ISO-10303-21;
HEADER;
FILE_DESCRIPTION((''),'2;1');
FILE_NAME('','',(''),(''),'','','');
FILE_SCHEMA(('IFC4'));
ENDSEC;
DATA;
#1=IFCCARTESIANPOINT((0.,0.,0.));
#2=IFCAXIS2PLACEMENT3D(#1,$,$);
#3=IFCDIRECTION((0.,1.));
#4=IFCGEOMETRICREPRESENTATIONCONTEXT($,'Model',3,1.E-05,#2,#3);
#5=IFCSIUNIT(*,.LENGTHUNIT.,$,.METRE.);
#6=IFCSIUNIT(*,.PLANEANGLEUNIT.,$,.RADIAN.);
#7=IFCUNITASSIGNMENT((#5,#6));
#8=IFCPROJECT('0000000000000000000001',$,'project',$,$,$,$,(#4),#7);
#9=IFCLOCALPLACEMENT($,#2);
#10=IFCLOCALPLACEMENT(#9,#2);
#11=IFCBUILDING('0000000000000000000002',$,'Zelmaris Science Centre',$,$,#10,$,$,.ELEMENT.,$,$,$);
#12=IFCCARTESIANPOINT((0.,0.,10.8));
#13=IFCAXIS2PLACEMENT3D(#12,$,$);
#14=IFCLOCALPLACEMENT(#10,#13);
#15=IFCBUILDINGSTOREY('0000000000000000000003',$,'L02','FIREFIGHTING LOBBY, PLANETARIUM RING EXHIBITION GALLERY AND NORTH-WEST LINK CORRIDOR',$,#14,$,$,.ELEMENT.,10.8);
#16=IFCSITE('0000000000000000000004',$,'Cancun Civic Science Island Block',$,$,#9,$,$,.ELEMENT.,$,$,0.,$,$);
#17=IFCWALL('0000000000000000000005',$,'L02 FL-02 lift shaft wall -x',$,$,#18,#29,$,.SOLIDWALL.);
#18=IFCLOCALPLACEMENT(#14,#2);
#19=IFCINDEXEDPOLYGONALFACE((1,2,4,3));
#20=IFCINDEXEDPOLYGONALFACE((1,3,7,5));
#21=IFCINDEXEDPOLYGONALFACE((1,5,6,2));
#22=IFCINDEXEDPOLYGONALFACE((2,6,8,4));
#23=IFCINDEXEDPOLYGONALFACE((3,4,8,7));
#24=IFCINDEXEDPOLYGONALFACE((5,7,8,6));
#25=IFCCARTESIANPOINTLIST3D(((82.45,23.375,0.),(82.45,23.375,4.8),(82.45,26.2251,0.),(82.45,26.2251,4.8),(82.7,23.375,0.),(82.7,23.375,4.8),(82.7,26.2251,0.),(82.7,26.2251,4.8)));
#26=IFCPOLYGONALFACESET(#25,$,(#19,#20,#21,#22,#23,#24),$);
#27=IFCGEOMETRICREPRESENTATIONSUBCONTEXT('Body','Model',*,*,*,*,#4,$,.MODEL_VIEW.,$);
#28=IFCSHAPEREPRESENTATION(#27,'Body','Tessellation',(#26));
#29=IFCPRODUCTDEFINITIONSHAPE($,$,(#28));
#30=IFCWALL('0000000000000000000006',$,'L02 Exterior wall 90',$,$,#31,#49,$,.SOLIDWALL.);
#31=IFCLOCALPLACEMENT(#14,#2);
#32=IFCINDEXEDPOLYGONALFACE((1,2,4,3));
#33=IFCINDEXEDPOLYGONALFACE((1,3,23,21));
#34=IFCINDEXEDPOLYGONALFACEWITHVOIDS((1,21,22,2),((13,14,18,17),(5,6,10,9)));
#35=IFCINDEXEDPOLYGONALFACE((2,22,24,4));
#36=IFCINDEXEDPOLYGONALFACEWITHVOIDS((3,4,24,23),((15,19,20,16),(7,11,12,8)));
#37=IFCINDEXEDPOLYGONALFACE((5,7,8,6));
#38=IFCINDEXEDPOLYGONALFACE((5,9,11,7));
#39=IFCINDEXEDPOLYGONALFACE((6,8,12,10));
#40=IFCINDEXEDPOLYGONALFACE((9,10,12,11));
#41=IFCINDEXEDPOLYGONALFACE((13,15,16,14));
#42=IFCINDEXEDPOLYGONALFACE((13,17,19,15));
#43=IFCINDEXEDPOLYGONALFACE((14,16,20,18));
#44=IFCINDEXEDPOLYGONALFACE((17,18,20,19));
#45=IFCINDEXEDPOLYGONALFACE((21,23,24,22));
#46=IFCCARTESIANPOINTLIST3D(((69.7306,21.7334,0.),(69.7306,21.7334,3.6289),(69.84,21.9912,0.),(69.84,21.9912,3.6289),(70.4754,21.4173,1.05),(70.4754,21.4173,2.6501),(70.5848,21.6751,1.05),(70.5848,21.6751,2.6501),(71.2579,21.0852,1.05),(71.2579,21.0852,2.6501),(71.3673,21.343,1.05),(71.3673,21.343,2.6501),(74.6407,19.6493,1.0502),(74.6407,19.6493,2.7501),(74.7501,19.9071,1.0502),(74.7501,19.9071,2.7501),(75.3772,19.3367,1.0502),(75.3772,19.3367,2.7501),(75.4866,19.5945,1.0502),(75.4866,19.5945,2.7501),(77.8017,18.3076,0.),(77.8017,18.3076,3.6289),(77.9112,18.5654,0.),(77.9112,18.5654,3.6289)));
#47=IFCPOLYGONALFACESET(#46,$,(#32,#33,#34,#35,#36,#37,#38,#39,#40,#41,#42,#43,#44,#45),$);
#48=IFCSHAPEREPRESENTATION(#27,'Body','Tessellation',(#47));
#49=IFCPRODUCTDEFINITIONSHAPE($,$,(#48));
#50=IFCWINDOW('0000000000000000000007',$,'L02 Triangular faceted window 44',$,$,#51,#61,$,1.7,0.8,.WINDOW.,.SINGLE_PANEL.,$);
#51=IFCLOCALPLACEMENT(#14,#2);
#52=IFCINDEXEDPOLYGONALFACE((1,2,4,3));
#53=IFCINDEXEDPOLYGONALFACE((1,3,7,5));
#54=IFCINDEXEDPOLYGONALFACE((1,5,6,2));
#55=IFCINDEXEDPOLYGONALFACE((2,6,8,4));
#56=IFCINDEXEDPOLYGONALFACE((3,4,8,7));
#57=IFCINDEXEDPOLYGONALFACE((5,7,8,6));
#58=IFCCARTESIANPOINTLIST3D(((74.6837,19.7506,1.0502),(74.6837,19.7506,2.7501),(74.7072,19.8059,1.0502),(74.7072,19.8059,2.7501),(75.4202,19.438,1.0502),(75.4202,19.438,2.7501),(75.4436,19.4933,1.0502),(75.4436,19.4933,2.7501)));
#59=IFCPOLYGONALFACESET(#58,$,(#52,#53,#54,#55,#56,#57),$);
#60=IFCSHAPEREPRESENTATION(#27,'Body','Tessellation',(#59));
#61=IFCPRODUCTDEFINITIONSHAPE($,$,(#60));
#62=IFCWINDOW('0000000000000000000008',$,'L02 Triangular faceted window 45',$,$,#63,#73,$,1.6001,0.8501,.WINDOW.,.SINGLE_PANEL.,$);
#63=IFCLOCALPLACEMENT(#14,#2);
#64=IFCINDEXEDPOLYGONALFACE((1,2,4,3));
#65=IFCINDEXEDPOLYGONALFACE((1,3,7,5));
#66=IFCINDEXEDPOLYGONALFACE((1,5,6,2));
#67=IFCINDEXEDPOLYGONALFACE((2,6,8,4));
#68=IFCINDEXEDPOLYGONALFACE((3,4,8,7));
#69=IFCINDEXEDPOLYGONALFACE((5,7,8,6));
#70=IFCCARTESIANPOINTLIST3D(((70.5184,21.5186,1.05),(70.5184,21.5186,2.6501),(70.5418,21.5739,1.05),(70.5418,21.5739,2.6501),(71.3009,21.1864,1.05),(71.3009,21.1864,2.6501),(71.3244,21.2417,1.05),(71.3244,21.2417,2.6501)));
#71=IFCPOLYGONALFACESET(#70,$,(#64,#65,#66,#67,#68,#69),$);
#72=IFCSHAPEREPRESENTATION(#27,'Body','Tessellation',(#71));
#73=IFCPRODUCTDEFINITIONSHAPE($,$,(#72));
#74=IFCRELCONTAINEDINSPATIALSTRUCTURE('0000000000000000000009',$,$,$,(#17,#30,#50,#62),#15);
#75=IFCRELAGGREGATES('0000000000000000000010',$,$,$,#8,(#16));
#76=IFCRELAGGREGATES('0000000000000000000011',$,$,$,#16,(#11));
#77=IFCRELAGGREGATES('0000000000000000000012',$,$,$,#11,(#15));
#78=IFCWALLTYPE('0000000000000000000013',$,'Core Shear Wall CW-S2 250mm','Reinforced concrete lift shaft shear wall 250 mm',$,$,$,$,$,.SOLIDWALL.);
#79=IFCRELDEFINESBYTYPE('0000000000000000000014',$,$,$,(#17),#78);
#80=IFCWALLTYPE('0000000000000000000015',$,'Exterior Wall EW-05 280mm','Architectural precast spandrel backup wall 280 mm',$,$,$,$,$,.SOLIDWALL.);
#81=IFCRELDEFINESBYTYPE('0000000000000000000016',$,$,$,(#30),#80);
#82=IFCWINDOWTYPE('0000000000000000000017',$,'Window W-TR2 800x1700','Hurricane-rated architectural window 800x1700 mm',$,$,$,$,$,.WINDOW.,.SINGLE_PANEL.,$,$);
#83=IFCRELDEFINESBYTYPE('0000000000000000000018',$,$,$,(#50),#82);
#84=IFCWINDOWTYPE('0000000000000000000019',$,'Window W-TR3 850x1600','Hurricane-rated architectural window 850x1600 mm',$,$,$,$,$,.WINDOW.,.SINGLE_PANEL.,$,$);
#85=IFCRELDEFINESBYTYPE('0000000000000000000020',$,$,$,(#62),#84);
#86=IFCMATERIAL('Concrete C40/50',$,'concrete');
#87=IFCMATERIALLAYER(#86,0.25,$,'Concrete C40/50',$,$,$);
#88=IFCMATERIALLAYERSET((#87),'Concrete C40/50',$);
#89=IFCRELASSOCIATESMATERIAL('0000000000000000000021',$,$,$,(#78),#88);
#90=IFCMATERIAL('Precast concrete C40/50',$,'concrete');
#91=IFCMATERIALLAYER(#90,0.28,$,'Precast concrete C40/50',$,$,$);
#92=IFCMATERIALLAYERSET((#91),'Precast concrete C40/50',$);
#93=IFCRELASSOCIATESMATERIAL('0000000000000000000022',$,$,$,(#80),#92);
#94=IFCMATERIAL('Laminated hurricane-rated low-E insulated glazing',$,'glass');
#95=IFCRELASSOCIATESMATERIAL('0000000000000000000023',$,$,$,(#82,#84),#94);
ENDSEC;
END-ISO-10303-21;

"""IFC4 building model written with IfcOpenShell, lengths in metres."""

from ifc_helpers import new_model, si_unit, direction, frame, frame_2d, origin, place, context, subcontext, project, spatial, rectangle, extrude, material, layer, layer_set, type_object, element, fill, save


model = new_model("IFC4")

# Units and contexts
model_context = context("Model", 3, precision=1e-05, world=origin(), true_north=direction((0.0, 1.0)))
body_context = subcontext(model_context, "Body", "Model", "MODEL_VIEW")
ifc_project = project(units=[si_unit("LENGTHUNIT", "METRE"), si_unit("PLANEANGLEUNIT", "RADIAN")], contexts=[model_context])

# Site, building, storey
site_placement = place(None, origin())
site = spatial("IfcSite", under=ifc_project, at=site_placement, Name="Cancun Civic Science Island Block", CompositionType="ELEMENT", RefElevation=0.0)
building_placement = place(site_placement, origin())
building = spatial("IfcBuilding", under=site, at=building_placement, Name="Zelmaris Science Centre", CompositionType="ELEMENT")
storey_placement = place(building_placement, frame((0.0, 0.0, 10.8)))
storey = spatial("IfcBuildingStorey", under=building, at=storey_placement, Name="L02", Description="FIREFIGHTING LOBBY, PLANETARIUM RING EXHIBITION GALLERY AND NORTH-WEST LINK CORRIDOR", CompositionType="ELEMENT", Elevation=10.8)

# Shared definitions
ifc_material_1 = material(Name="Precast concrete C40/50", Category="concrete")

# Shared definitions
ifc_material_2 = material(Name="Concrete C40/50", Category="concrete")
ifc_layer_1 = layer(ifc_material_2, 0.25, Name="Concrete C40/50")
ifc_layer_set_1 = layer_set([ifc_layer_1], Name="Concrete C40/50")
wall_type_1 = type_object("IfcWallType", Name="Core Shear Wall CW-S2 250mm", Description="Reinforced concrete lift shaft shear wall 250 mm", PredefinedType="SOLIDWALL", material=ifc_layer_set_1)

# Wall
wall_1_placement = place(storey_placement, frame((82.575, 26.2251, 0.0), z_axis=(0.0, 0.0, 1.0), x_axis=(0.0, -1.0, 0.0)))
element("IfcWall", 1, at=wall_1_placement, inside=storey, type_object=wall_type_1, Name="L02 FL-02 lift shaft wall -x", PredefinedType="SOLIDWALL", context=body_context, shape_type="SweptSolid", body=[
    extrude(rectangle(XDim=2.8501, YDim=0.25, at=frame_2d((1.425, 0.0))), origin(), (0.0, 0.0, 1.0), 4.8),
])

# Wall, openings, windows
ifc_layer_2 = layer(ifc_material_1, 0.28, Name="Precast concrete C40/50")
ifc_layer_set_2 = layer_set([ifc_layer_2], Name="Precast concrete C40/50")
wall_type_2 = type_object("IfcWallType", Name="Exterior Wall EW-05 280mm", Description="Architectural precast spandrel backup wall 280 mm", PredefinedType="SOLIDWALL", material=ifc_layer_set_2)
wall_2_placement = place(storey_placement, frame((77.8564, 18.4365, 0.0), z_axis=(0.0, 0.0, 1.0), x_axis=(-0.920512, 0.390714, 0.0)))
wall_2 = element("IfcWall", 2, at=wall_2_placement, inside=storey, type_object=wall_type_2, Name="L02 Exterior wall 90", PredefinedType="SOLIDWALL", context=body_context, shape_type="SweptSolid", body=[
    extrude(rectangle(XDim=8.7681, YDim=0.28, at=frame_2d((4.384, 0.0))), origin(), (0.0, 0.0, 1.0), 3.6289),
])
opening_1_placement = place(wall_2_placement, frame((2.634, 0.0, 1.05)))
opening_1 = element("IfcOpeningElement", 3, at=opening_1_placement, cuts=wall_2, PredefinedType="OPENING", context=body_context, shape_type="SweptSolid", body=[
    extrude(rectangle(XDim=0.8, YDim=1.7, at=frame_2d((0.3999, 0.8501))), frame((0.0, 0.1499, 0.0), z_axis=(0.0, -1.0, 0.0), x_axis=(1.0, 0.0, 0.0)), (0.0, 0.0, 1.0), 0.3),
])
opening_2_placement = place(wall_2_placement, frame((7.1089, 0.0, 1.05)))
opening_2 = element("IfcOpeningElement", 4, at=opening_2_placement, cuts=wall_2, PredefinedType="OPENING", context=body_context, shape_type="SweptSolid", body=[
    extrude(rectangle(XDim=0.8501, YDim=1.6001, at=frame_2d((0.425, 0.8))), frame((0.0, 0.1499, 0.0), z_axis=(0.0, -1.0, 0.0), x_axis=(1.0, 0.0, 0.0)), (0.0, 0.0, 1.0), 0.3),
])
ifc_material_3 = material(Name="Laminated hurricane-rated low-E insulated glazing", Category="glass")
window_type_1 = type_object("IfcWindowType", Name="Window W-TR2 800x1700", Description="Hurricane-rated architectural window 800x1700 mm", PartitioningType="SINGLE_PANEL", PredefinedType="WINDOW", material=ifc_material_3)
window_1_placement = place(opening_1_placement, origin())
window_1 = element("IfcWindow", 5, at=window_1_placement, inside=storey, type_object=window_type_1, Name="L02 Triangular faceted window 44", OverallHeight=1.7, OverallWidth=0.8, PartitioningType="SINGLE_PANEL", PredefinedType="WINDOW", context=body_context, shape_type="SweptSolid", body=[
    extrude(rectangle(XDim=0.8, YDim=1.7, at=frame_2d((0.3999, 0.8501))), frame((0.0, 0.03, 0.0), z_axis=(0.0, -1.0, 0.0), x_axis=(1.0, 0.0, 0.0)), (0.0, 0.0, 1.0), 0.0601),
])
fill(opening_1, window_1)
window_type_2 = type_object("IfcWindowType", Name="Window W-TR3 850x1600", Description="Hurricane-rated architectural window 850x1600 mm", PartitioningType="SINGLE_PANEL", PredefinedType="WINDOW", material=ifc_material_3)
window_2_placement = place(opening_2_placement, origin())
window_2 = element("IfcWindow", 6, at=window_2_placement, inside=storey, type_object=window_type_2, Name="L02 Triangular faceted window 45", OverallHeight=1.6001, OverallWidth=0.8501, PartitioningType="SINGLE_PANEL", PredefinedType="WINDOW", context=body_context, shape_type="SweptSolid", body=[
    extrude(rectangle(XDim=0.8501, YDim=1.6001, at=frame_2d((0.425, 0.8))), frame((0.0, 0.03, 0.0), z_axis=(0.0, -1.0, 0.0), x_axis=(1.0, 0.0, 0.0)), (0.0, 0.0, 1.0), 0.0601),
])
fill(opening_2, window_2)

save(model, "model.ifc")
